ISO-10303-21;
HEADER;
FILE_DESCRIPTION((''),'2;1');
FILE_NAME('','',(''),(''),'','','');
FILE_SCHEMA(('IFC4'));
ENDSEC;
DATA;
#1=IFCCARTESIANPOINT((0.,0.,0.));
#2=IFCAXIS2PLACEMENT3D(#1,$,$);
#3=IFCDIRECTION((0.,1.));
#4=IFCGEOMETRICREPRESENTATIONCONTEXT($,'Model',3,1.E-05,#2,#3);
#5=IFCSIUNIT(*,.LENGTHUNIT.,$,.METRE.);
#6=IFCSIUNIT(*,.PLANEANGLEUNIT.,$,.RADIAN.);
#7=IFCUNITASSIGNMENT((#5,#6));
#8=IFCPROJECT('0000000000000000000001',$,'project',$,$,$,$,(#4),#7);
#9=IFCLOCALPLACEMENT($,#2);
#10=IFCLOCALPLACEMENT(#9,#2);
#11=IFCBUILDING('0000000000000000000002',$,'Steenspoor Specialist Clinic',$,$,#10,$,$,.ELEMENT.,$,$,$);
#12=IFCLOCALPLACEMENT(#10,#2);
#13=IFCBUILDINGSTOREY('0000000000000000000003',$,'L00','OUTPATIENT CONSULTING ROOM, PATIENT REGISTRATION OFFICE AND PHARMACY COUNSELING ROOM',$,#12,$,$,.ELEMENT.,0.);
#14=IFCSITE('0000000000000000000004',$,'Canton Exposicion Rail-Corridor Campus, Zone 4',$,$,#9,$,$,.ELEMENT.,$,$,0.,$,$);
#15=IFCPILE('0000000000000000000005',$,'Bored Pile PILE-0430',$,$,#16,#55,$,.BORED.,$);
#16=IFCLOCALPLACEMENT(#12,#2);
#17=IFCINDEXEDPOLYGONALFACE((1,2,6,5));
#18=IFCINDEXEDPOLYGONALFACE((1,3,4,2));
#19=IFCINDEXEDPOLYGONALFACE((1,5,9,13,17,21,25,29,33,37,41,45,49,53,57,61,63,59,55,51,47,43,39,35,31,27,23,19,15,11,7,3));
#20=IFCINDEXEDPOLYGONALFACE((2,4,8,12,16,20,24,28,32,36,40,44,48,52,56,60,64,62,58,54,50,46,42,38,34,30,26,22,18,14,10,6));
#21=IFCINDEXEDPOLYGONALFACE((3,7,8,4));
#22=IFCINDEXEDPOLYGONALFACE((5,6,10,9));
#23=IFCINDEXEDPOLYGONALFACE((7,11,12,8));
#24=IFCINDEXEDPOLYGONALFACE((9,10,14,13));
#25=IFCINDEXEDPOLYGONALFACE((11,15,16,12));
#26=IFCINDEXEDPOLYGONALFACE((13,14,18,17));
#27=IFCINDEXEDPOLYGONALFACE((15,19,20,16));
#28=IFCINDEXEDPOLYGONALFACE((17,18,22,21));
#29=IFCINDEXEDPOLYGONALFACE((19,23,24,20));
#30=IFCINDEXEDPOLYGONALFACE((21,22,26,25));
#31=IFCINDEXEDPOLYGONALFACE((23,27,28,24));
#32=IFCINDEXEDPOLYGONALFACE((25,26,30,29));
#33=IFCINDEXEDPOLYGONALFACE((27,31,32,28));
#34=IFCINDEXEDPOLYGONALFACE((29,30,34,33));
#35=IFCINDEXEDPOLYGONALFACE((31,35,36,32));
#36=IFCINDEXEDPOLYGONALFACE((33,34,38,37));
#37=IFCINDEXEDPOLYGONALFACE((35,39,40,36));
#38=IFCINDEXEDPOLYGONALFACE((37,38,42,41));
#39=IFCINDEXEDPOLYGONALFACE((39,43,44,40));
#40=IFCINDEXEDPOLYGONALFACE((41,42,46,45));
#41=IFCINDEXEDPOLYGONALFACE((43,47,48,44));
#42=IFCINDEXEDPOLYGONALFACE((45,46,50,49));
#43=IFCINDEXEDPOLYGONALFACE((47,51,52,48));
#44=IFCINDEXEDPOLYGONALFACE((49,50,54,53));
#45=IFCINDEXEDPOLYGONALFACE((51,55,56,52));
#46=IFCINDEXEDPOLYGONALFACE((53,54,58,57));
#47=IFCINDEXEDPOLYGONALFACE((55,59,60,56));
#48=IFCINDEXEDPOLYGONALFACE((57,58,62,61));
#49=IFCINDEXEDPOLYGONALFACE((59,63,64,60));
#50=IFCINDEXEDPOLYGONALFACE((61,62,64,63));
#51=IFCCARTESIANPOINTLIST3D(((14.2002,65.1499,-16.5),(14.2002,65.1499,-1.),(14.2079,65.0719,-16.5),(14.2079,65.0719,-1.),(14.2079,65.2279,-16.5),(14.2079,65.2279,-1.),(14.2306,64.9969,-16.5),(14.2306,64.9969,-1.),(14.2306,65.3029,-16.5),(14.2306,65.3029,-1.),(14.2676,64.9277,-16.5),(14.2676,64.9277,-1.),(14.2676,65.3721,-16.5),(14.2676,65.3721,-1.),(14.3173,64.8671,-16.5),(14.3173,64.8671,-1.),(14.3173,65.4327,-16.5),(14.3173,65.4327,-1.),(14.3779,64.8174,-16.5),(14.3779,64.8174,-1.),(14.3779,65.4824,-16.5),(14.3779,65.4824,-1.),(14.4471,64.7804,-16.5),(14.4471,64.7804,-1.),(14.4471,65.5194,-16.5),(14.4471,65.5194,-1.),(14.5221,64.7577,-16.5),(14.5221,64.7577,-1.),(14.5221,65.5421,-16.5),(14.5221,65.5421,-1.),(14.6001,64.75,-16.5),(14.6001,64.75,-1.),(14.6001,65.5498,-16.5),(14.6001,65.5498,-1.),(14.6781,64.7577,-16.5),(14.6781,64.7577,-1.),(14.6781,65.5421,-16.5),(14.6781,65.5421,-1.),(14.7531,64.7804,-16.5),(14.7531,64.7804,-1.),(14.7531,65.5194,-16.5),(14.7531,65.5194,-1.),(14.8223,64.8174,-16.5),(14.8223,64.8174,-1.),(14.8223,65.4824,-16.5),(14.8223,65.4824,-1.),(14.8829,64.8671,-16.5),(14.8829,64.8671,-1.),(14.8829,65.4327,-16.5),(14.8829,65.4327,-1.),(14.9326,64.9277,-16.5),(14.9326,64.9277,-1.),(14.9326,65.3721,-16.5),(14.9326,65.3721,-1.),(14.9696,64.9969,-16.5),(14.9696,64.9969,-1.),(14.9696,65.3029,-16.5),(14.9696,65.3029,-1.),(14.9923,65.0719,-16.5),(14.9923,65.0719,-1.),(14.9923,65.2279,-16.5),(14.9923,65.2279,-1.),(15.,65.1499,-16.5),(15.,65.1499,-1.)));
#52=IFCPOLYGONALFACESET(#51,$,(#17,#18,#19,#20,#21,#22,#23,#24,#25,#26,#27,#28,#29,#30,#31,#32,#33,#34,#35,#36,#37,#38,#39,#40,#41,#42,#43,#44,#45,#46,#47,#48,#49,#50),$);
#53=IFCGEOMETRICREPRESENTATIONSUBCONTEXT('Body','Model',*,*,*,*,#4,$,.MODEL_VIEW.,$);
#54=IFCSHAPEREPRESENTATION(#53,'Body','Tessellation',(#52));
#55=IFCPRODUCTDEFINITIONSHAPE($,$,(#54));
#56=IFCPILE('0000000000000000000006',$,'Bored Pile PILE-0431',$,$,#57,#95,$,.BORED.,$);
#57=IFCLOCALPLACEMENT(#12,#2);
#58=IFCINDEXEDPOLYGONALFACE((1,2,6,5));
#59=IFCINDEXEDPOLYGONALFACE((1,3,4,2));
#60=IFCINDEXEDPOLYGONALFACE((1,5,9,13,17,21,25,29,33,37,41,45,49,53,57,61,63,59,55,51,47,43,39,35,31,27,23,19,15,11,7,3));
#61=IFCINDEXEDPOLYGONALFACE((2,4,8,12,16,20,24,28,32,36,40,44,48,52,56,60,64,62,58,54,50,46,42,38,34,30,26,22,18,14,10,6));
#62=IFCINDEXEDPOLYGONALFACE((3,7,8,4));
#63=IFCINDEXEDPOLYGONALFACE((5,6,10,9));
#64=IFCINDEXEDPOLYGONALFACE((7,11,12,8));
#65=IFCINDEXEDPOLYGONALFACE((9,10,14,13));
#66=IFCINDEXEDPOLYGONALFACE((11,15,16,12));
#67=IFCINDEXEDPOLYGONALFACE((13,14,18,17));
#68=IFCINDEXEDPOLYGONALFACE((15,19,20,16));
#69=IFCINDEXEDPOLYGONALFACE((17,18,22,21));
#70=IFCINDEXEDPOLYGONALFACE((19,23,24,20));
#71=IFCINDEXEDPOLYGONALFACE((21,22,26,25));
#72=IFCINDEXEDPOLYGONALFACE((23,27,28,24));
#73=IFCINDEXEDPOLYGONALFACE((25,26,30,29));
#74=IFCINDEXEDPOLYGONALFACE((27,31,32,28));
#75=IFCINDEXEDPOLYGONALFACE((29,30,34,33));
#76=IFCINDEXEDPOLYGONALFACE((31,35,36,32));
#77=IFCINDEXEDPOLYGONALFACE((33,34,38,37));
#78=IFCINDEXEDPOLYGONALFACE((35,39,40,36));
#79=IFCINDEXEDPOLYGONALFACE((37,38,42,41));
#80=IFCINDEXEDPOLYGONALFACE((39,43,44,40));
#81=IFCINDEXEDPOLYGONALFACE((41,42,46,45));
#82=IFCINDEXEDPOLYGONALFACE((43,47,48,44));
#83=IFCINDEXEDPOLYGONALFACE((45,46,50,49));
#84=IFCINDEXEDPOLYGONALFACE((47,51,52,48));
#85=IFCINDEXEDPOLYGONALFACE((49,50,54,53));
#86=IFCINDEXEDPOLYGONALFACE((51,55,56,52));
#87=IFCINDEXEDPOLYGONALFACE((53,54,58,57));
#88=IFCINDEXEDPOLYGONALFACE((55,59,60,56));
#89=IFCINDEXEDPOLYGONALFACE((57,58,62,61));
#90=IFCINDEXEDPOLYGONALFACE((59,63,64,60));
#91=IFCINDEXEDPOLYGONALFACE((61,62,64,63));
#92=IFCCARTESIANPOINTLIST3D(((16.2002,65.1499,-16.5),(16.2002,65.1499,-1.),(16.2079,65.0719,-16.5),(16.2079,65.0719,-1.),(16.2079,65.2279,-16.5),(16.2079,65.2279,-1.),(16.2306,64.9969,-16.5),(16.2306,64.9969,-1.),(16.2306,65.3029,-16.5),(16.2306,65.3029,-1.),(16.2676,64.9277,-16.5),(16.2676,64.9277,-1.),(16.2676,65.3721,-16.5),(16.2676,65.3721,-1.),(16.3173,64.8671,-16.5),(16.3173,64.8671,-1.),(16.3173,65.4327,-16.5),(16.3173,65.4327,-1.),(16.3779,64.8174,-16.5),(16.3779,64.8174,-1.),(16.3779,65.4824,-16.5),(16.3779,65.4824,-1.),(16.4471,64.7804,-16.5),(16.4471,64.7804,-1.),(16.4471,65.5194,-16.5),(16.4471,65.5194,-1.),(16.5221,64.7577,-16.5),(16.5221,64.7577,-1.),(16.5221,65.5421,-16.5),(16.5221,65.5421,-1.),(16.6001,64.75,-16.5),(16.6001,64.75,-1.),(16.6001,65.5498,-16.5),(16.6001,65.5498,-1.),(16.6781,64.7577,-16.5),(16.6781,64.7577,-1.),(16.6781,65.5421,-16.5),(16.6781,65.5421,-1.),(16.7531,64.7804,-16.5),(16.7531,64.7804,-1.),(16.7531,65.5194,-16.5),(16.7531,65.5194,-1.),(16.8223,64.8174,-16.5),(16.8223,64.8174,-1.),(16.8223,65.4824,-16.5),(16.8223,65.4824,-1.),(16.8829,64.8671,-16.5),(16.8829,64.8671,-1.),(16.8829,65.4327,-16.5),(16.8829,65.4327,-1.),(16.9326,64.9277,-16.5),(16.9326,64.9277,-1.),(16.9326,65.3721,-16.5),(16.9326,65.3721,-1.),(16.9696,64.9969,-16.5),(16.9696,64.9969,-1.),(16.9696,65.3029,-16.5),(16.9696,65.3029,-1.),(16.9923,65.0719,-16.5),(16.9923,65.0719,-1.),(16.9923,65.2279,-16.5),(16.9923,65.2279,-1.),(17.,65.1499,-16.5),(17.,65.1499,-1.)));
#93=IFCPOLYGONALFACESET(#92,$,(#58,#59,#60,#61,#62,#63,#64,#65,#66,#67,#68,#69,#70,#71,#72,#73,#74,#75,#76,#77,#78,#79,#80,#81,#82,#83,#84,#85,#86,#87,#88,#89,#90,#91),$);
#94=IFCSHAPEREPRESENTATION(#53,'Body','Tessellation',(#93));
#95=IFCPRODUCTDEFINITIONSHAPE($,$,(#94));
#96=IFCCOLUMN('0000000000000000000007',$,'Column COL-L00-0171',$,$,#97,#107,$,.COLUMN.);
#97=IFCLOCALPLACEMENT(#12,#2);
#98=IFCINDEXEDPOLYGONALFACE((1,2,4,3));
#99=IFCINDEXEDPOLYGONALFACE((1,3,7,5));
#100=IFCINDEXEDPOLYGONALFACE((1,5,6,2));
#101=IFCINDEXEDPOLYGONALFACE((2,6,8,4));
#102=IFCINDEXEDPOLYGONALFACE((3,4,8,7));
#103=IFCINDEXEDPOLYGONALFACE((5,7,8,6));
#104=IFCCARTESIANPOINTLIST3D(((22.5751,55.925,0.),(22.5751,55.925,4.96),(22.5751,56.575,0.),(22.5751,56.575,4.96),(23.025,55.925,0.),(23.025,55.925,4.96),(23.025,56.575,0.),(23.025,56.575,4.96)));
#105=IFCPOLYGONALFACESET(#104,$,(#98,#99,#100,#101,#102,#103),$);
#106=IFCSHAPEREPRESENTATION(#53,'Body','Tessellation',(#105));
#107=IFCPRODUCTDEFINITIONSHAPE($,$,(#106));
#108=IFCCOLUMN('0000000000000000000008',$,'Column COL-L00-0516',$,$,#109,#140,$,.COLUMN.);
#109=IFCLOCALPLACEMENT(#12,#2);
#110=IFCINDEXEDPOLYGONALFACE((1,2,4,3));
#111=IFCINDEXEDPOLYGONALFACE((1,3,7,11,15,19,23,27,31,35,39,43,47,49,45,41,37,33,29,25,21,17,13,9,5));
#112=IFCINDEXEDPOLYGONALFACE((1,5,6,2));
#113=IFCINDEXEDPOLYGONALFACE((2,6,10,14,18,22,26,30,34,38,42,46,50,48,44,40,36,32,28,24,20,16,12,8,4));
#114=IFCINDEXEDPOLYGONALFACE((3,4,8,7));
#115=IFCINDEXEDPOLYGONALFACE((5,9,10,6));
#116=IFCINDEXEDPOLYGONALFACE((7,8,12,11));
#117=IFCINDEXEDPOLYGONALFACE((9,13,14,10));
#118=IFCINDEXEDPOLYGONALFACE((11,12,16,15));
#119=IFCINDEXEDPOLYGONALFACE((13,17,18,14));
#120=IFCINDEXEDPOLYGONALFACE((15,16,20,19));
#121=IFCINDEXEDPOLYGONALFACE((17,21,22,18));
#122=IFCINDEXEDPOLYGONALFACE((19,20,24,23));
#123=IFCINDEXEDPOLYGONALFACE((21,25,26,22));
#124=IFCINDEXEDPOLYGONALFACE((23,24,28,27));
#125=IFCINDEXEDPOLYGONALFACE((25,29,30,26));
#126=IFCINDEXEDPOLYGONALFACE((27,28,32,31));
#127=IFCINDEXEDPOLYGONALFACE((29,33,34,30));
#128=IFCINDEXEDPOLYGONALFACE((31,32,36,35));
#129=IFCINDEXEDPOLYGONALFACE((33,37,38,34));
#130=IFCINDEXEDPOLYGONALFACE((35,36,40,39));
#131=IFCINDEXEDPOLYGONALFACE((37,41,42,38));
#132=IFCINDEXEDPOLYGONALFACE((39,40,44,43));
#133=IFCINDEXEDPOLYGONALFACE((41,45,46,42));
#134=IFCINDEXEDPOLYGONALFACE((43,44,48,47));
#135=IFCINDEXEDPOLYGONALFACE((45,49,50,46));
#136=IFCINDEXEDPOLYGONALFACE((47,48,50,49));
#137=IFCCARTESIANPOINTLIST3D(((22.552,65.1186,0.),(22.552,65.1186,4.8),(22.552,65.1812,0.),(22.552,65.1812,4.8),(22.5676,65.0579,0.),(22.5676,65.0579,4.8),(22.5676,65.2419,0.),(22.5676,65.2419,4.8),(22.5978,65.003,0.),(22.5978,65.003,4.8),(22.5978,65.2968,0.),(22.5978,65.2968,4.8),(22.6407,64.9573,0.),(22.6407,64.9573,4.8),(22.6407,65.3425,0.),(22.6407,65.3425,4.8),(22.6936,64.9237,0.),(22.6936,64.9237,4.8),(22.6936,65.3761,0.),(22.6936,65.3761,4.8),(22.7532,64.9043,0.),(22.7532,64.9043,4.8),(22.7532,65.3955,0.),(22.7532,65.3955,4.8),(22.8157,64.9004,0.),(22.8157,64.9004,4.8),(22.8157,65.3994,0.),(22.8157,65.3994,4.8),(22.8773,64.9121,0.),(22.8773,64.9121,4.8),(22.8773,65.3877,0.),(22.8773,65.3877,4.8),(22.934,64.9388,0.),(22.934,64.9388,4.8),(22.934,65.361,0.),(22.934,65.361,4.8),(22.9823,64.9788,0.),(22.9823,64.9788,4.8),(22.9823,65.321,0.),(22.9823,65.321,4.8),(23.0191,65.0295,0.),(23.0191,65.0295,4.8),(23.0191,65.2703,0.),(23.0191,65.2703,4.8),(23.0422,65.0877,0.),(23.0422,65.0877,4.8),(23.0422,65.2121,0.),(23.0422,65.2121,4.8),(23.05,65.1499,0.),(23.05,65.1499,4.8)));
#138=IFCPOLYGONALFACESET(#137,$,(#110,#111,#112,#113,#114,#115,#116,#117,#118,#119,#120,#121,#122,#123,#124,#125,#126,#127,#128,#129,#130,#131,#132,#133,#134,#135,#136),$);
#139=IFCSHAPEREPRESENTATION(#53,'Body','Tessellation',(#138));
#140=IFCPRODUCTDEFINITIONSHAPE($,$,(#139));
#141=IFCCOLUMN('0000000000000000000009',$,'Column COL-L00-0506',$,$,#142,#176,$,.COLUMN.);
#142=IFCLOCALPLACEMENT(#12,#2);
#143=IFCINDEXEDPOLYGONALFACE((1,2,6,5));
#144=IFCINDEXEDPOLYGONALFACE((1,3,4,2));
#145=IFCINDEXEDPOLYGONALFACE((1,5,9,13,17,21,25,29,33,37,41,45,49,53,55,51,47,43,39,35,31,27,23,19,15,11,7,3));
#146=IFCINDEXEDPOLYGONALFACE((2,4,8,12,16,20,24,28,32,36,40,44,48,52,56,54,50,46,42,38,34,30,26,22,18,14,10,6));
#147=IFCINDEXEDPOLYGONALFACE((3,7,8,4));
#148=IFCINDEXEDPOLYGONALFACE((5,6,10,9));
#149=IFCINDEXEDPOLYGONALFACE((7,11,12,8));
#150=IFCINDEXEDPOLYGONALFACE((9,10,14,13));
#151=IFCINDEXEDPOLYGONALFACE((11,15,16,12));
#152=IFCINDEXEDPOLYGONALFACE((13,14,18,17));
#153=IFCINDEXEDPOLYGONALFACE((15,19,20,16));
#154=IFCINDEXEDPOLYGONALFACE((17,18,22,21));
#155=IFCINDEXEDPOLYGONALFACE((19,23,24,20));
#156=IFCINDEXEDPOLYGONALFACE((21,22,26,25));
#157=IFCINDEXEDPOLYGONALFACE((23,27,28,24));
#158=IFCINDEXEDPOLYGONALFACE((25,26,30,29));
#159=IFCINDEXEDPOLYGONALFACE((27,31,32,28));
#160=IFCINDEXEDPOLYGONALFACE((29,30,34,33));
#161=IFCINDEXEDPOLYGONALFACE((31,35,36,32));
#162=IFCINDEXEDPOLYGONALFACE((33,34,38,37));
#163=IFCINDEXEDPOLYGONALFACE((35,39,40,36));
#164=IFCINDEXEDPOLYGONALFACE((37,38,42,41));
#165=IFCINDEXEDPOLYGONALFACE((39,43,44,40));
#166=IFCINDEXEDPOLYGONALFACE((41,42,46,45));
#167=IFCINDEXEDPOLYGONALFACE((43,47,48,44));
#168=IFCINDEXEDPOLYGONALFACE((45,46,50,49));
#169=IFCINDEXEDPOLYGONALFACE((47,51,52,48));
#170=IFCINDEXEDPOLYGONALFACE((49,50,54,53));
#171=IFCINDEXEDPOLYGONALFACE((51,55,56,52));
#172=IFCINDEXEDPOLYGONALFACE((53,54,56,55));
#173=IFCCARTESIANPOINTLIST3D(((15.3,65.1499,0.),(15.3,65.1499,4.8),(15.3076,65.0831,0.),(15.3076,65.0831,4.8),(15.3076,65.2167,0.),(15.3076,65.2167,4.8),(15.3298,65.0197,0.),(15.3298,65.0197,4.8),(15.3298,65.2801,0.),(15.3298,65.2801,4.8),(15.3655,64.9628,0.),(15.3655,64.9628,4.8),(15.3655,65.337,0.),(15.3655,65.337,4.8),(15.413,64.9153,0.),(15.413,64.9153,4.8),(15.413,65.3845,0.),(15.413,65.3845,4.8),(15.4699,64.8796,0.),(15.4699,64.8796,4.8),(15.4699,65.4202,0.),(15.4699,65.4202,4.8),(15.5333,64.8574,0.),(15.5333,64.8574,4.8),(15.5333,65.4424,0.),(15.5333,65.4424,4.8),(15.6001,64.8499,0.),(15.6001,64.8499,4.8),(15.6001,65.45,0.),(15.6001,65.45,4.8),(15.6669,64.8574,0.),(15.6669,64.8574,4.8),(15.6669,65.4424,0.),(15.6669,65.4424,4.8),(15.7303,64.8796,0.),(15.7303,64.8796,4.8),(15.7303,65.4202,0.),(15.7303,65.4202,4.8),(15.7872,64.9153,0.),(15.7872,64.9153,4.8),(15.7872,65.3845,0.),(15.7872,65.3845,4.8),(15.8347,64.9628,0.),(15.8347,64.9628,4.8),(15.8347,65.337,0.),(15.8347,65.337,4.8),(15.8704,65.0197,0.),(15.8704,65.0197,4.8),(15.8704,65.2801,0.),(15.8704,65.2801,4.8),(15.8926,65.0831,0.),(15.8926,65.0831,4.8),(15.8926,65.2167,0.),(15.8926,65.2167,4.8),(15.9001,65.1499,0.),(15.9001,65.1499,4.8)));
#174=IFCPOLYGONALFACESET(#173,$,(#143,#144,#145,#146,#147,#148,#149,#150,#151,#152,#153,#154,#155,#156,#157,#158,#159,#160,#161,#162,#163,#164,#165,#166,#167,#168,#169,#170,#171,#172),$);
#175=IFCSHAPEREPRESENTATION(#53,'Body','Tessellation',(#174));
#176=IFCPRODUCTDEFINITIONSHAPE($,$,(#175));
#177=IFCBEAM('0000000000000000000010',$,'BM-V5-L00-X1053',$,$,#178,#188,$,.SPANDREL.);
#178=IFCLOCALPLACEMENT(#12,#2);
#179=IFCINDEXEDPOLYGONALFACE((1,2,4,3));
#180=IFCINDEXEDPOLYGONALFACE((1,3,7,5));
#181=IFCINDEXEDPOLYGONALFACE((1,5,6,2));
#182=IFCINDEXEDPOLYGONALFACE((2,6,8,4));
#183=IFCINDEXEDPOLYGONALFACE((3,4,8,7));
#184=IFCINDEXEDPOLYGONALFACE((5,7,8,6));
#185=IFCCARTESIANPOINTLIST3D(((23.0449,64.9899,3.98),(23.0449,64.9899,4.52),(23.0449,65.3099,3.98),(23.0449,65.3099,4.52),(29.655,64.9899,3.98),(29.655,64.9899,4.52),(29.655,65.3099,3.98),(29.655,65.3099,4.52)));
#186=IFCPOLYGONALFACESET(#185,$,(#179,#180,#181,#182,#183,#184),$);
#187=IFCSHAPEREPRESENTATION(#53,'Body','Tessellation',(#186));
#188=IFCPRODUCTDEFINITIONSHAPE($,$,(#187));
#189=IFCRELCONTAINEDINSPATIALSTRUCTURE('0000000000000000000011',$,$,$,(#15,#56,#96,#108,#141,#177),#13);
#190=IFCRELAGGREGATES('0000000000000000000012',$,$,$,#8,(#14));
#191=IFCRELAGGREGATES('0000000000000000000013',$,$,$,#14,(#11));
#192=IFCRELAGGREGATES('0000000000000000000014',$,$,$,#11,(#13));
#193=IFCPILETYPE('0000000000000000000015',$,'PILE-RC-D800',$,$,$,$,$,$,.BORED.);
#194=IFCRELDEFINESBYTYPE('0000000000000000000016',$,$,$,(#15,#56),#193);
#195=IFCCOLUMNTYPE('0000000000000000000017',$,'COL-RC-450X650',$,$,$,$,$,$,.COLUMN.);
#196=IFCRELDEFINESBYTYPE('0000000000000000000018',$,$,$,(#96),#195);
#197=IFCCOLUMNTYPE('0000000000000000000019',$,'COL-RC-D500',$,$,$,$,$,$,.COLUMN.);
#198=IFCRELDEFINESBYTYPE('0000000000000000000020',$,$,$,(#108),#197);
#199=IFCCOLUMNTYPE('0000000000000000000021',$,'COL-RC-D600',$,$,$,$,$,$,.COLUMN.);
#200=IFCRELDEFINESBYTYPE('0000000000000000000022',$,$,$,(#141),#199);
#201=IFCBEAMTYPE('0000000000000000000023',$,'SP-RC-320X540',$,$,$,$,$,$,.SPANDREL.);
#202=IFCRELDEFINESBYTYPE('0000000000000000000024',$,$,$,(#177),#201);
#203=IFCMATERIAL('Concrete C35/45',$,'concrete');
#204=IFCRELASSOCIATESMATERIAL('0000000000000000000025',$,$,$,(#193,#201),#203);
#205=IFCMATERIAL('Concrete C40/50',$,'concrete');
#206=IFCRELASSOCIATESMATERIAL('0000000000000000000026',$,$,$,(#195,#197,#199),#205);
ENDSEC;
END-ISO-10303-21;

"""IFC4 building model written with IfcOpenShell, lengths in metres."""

from ifc_helpers import new_model, si_unit, direction, frame, origin, origin_2d, place, context, subcontext, project, spatial, rectangle, circle, extrude, material, material_profile, profile_set, type_object, element, save


model = new_model("IFC4")

# Units and contexts
model_context = context("Model", 3, precision=1e-05, world=origin(), true_north=direction((0.0, 1.0)))
body_context = subcontext(model_context, "Body", "Model", "MODEL_VIEW")
ifc_project = project(units=[si_unit("LENGTHUNIT", "METRE"), si_unit("PLANEANGLEUNIT", "RADIAN")], contexts=[model_context])

# Site, building, storey
site_placement = place(None, origin())
site = spatial("IfcSite", under=ifc_project, at=site_placement, Name="Canton Exposicion Rail-Corridor Campus, Zone 4", CompositionType="ELEMENT", RefElevation=0.0)
building_placement = place(site_placement, origin())
building = spatial("IfcBuilding", under=site, at=building_placement, Name="Steenspoor Specialist Clinic", CompositionType="ELEMENT")
storey_placement = place(building_placement, origin())
storey = spatial("IfcBuildingStorey", under=building, at=storey_placement, Name="L00", Description="OUTPATIENT CONSULTING ROOM, PATIENT REGISTRATION OFFICE AND PHARMACY COUNSELING ROOM", CompositionType="ELEMENT", Elevation=0.0)

# Shared definitions
ifc_material_1 = material(Name="Concrete C35/45", Category="concrete")

# Piles
ifc_material_profile_1 = material_profile(ifc_material_1, circle(Radius=0.3999, at=origin_2d()), Name="PILE-D800")
ifc_profile_set_1 = profile_set([ifc_material_profile_1], Name="Concrete C35/45")
pile_type_1 = type_object("IfcPileType", Name="PILE-RC-D800", PredefinedType="BORED", material=ifc_profile_set_1)
for number, where, z_axis, x_axis, name in (
    (1, (14.6001, 65.1499, -1.0), (0.0, 0.0, -1.0), (1.0, 0.0, 0.0), "Bored Pile PILE-0430"),
    (2, (16.6001, 65.1499, -1.0), (0.0, 0.0, -1.0), (1.0, 0.0, 0.0), "Bored Pile PILE-0431"),
):
    element("IfcPile", number, at=place(storey_placement, frame(where, z_axis=z_axis, x_axis=x_axis)), inside=storey, type_object=pile_type_1, Name=name, PredefinedType="BORED", context=body_context, shape_type="SweptSolid", body=[
        extrude(circle(Radius=0.3999, at=origin_2d()), origin(), (0.0, 0.0, 1.0), 15.5),
    ])

# Columns
ifc_material_2 = material(Name="Concrete C40/50", Category="concrete")
ifc_material_profile_2 = material_profile(ifc_material_2, rectangle(XDim=0.45, YDim=0.6499, at=origin_2d()), Name="RC-COL-450X650")
ifc_profile_set_2 = profile_set([ifc_material_profile_2], Name="Concrete C40/50")
column_type_1 = type_object("IfcColumnType", Name="COL-RC-450X650", PredefinedType="COLUMN", material=ifc_profile_set_2)
column_1_placement = place(storey_placement, frame((22.8, 56.25, 0.0), z_axis=(0.0, 0.0, 1.0), x_axis=(1.0, 0.0, 0.0)))
element("IfcColumn", 3, at=column_1_placement, inside=storey, type_object=column_type_1, Name="Column COL-L00-0171", PredefinedType="COLUMN", context=body_context, shape_type="SweptSolid", body=[
    extrude(rectangle(XDim=0.45, YDim=0.6499, at=origin_2d()), origin(), (0.0, 0.0, 1.0), 4.96),
])
ifc_material_profile_3 = material_profile(ifc_material_2, circle(Radius=0.25, at=origin_2d()), Name="RC-COL-D500")
ifc_profile_set_3 = profile_set([ifc_material_profile_3], Name="Concrete C40/50")
column_type_2 = type_object("IfcColumnType", Name="COL-RC-D500", PredefinedType="COLUMN", material=ifc_profile_set_3)
column_2_placement = place(storey_placement, frame((22.8, 65.1499, 0.0), z_axis=(0.0, 0.0, 1.0), x_axis=(1.0, 0.0, 0.0)))
element("IfcColumn", 4, at=column_2_placement, inside=storey, type_object=column_type_2, Name="Column COL-L00-0516", PredefinedType="COLUMN", context=body_context, shape_type="SweptSolid", body=[
    extrude(circle(Radius=0.25, at=origin_2d()), origin(), (0.0, 0.0, 1.0), 4.8),
])
ifc_material_profile_4 = material_profile(ifc_material_2, circle(Radius=0.3, at=origin_2d()), Name="RC-COL-D600")
ifc_profile_set_4 = profile_set([ifc_material_profile_4], Name="Concrete C40/50")
column_type_3 = type_object("IfcColumnType", Name="COL-RC-D600", PredefinedType="COLUMN", material=ifc_profile_set_4)
column_3_placement = place(storey_placement, frame((15.6001, 65.1499, 0.0), z_axis=(0.0, 0.0, 1.0), x_axis=(1.0, 0.0, 0.0)))
element("IfcColumn", 5, at=column_3_placement, inside=storey, type_object=column_type_3, Name="Column COL-L00-0506", PredefinedType="COLUMN", context=body_context, shape_type="SweptSolid", body=[
    extrude(circle(Radius=0.3, at=origin_2d()), origin(), (0.0, 0.0, 1.0), 4.8),
])

# Beam
ifc_material_profile_5 = material_profile(ifc_material_1, rectangle(XDim=0.3201, YDim=0.54, at=origin_2d()), Name="RC-SP-320X540")
ifc_profile_set_5 = profile_set([ifc_material_profile_5], Name="Concrete C35/45")
beam_type_1 = type_object("IfcBeamType", Name="SP-RC-320X540", PredefinedType="SPANDREL", material=ifc_profile_set_5)
beam_1_placement = place(storey_placement, frame((23.0449, 65.1499, 4.25), z_axis=(1.0, 0.0, 0.0), x_axis=(0.0, 1.0, 0.0)))
element("IfcBeam", 6, at=beam_1_placement, inside=storey, type_object=beam_type_1, Name="BM-V5-L00-X1053", PredefinedType="SPANDREL", context=body_context, shape_type="SweptSolid", body=[
    extrude(rectangle(XDim=0.3201, YDim=0.54, at=origin_2d()), origin(), (0.0, 0.0, 1.0), 6.6101),
])

save(model, "model.ifc")
